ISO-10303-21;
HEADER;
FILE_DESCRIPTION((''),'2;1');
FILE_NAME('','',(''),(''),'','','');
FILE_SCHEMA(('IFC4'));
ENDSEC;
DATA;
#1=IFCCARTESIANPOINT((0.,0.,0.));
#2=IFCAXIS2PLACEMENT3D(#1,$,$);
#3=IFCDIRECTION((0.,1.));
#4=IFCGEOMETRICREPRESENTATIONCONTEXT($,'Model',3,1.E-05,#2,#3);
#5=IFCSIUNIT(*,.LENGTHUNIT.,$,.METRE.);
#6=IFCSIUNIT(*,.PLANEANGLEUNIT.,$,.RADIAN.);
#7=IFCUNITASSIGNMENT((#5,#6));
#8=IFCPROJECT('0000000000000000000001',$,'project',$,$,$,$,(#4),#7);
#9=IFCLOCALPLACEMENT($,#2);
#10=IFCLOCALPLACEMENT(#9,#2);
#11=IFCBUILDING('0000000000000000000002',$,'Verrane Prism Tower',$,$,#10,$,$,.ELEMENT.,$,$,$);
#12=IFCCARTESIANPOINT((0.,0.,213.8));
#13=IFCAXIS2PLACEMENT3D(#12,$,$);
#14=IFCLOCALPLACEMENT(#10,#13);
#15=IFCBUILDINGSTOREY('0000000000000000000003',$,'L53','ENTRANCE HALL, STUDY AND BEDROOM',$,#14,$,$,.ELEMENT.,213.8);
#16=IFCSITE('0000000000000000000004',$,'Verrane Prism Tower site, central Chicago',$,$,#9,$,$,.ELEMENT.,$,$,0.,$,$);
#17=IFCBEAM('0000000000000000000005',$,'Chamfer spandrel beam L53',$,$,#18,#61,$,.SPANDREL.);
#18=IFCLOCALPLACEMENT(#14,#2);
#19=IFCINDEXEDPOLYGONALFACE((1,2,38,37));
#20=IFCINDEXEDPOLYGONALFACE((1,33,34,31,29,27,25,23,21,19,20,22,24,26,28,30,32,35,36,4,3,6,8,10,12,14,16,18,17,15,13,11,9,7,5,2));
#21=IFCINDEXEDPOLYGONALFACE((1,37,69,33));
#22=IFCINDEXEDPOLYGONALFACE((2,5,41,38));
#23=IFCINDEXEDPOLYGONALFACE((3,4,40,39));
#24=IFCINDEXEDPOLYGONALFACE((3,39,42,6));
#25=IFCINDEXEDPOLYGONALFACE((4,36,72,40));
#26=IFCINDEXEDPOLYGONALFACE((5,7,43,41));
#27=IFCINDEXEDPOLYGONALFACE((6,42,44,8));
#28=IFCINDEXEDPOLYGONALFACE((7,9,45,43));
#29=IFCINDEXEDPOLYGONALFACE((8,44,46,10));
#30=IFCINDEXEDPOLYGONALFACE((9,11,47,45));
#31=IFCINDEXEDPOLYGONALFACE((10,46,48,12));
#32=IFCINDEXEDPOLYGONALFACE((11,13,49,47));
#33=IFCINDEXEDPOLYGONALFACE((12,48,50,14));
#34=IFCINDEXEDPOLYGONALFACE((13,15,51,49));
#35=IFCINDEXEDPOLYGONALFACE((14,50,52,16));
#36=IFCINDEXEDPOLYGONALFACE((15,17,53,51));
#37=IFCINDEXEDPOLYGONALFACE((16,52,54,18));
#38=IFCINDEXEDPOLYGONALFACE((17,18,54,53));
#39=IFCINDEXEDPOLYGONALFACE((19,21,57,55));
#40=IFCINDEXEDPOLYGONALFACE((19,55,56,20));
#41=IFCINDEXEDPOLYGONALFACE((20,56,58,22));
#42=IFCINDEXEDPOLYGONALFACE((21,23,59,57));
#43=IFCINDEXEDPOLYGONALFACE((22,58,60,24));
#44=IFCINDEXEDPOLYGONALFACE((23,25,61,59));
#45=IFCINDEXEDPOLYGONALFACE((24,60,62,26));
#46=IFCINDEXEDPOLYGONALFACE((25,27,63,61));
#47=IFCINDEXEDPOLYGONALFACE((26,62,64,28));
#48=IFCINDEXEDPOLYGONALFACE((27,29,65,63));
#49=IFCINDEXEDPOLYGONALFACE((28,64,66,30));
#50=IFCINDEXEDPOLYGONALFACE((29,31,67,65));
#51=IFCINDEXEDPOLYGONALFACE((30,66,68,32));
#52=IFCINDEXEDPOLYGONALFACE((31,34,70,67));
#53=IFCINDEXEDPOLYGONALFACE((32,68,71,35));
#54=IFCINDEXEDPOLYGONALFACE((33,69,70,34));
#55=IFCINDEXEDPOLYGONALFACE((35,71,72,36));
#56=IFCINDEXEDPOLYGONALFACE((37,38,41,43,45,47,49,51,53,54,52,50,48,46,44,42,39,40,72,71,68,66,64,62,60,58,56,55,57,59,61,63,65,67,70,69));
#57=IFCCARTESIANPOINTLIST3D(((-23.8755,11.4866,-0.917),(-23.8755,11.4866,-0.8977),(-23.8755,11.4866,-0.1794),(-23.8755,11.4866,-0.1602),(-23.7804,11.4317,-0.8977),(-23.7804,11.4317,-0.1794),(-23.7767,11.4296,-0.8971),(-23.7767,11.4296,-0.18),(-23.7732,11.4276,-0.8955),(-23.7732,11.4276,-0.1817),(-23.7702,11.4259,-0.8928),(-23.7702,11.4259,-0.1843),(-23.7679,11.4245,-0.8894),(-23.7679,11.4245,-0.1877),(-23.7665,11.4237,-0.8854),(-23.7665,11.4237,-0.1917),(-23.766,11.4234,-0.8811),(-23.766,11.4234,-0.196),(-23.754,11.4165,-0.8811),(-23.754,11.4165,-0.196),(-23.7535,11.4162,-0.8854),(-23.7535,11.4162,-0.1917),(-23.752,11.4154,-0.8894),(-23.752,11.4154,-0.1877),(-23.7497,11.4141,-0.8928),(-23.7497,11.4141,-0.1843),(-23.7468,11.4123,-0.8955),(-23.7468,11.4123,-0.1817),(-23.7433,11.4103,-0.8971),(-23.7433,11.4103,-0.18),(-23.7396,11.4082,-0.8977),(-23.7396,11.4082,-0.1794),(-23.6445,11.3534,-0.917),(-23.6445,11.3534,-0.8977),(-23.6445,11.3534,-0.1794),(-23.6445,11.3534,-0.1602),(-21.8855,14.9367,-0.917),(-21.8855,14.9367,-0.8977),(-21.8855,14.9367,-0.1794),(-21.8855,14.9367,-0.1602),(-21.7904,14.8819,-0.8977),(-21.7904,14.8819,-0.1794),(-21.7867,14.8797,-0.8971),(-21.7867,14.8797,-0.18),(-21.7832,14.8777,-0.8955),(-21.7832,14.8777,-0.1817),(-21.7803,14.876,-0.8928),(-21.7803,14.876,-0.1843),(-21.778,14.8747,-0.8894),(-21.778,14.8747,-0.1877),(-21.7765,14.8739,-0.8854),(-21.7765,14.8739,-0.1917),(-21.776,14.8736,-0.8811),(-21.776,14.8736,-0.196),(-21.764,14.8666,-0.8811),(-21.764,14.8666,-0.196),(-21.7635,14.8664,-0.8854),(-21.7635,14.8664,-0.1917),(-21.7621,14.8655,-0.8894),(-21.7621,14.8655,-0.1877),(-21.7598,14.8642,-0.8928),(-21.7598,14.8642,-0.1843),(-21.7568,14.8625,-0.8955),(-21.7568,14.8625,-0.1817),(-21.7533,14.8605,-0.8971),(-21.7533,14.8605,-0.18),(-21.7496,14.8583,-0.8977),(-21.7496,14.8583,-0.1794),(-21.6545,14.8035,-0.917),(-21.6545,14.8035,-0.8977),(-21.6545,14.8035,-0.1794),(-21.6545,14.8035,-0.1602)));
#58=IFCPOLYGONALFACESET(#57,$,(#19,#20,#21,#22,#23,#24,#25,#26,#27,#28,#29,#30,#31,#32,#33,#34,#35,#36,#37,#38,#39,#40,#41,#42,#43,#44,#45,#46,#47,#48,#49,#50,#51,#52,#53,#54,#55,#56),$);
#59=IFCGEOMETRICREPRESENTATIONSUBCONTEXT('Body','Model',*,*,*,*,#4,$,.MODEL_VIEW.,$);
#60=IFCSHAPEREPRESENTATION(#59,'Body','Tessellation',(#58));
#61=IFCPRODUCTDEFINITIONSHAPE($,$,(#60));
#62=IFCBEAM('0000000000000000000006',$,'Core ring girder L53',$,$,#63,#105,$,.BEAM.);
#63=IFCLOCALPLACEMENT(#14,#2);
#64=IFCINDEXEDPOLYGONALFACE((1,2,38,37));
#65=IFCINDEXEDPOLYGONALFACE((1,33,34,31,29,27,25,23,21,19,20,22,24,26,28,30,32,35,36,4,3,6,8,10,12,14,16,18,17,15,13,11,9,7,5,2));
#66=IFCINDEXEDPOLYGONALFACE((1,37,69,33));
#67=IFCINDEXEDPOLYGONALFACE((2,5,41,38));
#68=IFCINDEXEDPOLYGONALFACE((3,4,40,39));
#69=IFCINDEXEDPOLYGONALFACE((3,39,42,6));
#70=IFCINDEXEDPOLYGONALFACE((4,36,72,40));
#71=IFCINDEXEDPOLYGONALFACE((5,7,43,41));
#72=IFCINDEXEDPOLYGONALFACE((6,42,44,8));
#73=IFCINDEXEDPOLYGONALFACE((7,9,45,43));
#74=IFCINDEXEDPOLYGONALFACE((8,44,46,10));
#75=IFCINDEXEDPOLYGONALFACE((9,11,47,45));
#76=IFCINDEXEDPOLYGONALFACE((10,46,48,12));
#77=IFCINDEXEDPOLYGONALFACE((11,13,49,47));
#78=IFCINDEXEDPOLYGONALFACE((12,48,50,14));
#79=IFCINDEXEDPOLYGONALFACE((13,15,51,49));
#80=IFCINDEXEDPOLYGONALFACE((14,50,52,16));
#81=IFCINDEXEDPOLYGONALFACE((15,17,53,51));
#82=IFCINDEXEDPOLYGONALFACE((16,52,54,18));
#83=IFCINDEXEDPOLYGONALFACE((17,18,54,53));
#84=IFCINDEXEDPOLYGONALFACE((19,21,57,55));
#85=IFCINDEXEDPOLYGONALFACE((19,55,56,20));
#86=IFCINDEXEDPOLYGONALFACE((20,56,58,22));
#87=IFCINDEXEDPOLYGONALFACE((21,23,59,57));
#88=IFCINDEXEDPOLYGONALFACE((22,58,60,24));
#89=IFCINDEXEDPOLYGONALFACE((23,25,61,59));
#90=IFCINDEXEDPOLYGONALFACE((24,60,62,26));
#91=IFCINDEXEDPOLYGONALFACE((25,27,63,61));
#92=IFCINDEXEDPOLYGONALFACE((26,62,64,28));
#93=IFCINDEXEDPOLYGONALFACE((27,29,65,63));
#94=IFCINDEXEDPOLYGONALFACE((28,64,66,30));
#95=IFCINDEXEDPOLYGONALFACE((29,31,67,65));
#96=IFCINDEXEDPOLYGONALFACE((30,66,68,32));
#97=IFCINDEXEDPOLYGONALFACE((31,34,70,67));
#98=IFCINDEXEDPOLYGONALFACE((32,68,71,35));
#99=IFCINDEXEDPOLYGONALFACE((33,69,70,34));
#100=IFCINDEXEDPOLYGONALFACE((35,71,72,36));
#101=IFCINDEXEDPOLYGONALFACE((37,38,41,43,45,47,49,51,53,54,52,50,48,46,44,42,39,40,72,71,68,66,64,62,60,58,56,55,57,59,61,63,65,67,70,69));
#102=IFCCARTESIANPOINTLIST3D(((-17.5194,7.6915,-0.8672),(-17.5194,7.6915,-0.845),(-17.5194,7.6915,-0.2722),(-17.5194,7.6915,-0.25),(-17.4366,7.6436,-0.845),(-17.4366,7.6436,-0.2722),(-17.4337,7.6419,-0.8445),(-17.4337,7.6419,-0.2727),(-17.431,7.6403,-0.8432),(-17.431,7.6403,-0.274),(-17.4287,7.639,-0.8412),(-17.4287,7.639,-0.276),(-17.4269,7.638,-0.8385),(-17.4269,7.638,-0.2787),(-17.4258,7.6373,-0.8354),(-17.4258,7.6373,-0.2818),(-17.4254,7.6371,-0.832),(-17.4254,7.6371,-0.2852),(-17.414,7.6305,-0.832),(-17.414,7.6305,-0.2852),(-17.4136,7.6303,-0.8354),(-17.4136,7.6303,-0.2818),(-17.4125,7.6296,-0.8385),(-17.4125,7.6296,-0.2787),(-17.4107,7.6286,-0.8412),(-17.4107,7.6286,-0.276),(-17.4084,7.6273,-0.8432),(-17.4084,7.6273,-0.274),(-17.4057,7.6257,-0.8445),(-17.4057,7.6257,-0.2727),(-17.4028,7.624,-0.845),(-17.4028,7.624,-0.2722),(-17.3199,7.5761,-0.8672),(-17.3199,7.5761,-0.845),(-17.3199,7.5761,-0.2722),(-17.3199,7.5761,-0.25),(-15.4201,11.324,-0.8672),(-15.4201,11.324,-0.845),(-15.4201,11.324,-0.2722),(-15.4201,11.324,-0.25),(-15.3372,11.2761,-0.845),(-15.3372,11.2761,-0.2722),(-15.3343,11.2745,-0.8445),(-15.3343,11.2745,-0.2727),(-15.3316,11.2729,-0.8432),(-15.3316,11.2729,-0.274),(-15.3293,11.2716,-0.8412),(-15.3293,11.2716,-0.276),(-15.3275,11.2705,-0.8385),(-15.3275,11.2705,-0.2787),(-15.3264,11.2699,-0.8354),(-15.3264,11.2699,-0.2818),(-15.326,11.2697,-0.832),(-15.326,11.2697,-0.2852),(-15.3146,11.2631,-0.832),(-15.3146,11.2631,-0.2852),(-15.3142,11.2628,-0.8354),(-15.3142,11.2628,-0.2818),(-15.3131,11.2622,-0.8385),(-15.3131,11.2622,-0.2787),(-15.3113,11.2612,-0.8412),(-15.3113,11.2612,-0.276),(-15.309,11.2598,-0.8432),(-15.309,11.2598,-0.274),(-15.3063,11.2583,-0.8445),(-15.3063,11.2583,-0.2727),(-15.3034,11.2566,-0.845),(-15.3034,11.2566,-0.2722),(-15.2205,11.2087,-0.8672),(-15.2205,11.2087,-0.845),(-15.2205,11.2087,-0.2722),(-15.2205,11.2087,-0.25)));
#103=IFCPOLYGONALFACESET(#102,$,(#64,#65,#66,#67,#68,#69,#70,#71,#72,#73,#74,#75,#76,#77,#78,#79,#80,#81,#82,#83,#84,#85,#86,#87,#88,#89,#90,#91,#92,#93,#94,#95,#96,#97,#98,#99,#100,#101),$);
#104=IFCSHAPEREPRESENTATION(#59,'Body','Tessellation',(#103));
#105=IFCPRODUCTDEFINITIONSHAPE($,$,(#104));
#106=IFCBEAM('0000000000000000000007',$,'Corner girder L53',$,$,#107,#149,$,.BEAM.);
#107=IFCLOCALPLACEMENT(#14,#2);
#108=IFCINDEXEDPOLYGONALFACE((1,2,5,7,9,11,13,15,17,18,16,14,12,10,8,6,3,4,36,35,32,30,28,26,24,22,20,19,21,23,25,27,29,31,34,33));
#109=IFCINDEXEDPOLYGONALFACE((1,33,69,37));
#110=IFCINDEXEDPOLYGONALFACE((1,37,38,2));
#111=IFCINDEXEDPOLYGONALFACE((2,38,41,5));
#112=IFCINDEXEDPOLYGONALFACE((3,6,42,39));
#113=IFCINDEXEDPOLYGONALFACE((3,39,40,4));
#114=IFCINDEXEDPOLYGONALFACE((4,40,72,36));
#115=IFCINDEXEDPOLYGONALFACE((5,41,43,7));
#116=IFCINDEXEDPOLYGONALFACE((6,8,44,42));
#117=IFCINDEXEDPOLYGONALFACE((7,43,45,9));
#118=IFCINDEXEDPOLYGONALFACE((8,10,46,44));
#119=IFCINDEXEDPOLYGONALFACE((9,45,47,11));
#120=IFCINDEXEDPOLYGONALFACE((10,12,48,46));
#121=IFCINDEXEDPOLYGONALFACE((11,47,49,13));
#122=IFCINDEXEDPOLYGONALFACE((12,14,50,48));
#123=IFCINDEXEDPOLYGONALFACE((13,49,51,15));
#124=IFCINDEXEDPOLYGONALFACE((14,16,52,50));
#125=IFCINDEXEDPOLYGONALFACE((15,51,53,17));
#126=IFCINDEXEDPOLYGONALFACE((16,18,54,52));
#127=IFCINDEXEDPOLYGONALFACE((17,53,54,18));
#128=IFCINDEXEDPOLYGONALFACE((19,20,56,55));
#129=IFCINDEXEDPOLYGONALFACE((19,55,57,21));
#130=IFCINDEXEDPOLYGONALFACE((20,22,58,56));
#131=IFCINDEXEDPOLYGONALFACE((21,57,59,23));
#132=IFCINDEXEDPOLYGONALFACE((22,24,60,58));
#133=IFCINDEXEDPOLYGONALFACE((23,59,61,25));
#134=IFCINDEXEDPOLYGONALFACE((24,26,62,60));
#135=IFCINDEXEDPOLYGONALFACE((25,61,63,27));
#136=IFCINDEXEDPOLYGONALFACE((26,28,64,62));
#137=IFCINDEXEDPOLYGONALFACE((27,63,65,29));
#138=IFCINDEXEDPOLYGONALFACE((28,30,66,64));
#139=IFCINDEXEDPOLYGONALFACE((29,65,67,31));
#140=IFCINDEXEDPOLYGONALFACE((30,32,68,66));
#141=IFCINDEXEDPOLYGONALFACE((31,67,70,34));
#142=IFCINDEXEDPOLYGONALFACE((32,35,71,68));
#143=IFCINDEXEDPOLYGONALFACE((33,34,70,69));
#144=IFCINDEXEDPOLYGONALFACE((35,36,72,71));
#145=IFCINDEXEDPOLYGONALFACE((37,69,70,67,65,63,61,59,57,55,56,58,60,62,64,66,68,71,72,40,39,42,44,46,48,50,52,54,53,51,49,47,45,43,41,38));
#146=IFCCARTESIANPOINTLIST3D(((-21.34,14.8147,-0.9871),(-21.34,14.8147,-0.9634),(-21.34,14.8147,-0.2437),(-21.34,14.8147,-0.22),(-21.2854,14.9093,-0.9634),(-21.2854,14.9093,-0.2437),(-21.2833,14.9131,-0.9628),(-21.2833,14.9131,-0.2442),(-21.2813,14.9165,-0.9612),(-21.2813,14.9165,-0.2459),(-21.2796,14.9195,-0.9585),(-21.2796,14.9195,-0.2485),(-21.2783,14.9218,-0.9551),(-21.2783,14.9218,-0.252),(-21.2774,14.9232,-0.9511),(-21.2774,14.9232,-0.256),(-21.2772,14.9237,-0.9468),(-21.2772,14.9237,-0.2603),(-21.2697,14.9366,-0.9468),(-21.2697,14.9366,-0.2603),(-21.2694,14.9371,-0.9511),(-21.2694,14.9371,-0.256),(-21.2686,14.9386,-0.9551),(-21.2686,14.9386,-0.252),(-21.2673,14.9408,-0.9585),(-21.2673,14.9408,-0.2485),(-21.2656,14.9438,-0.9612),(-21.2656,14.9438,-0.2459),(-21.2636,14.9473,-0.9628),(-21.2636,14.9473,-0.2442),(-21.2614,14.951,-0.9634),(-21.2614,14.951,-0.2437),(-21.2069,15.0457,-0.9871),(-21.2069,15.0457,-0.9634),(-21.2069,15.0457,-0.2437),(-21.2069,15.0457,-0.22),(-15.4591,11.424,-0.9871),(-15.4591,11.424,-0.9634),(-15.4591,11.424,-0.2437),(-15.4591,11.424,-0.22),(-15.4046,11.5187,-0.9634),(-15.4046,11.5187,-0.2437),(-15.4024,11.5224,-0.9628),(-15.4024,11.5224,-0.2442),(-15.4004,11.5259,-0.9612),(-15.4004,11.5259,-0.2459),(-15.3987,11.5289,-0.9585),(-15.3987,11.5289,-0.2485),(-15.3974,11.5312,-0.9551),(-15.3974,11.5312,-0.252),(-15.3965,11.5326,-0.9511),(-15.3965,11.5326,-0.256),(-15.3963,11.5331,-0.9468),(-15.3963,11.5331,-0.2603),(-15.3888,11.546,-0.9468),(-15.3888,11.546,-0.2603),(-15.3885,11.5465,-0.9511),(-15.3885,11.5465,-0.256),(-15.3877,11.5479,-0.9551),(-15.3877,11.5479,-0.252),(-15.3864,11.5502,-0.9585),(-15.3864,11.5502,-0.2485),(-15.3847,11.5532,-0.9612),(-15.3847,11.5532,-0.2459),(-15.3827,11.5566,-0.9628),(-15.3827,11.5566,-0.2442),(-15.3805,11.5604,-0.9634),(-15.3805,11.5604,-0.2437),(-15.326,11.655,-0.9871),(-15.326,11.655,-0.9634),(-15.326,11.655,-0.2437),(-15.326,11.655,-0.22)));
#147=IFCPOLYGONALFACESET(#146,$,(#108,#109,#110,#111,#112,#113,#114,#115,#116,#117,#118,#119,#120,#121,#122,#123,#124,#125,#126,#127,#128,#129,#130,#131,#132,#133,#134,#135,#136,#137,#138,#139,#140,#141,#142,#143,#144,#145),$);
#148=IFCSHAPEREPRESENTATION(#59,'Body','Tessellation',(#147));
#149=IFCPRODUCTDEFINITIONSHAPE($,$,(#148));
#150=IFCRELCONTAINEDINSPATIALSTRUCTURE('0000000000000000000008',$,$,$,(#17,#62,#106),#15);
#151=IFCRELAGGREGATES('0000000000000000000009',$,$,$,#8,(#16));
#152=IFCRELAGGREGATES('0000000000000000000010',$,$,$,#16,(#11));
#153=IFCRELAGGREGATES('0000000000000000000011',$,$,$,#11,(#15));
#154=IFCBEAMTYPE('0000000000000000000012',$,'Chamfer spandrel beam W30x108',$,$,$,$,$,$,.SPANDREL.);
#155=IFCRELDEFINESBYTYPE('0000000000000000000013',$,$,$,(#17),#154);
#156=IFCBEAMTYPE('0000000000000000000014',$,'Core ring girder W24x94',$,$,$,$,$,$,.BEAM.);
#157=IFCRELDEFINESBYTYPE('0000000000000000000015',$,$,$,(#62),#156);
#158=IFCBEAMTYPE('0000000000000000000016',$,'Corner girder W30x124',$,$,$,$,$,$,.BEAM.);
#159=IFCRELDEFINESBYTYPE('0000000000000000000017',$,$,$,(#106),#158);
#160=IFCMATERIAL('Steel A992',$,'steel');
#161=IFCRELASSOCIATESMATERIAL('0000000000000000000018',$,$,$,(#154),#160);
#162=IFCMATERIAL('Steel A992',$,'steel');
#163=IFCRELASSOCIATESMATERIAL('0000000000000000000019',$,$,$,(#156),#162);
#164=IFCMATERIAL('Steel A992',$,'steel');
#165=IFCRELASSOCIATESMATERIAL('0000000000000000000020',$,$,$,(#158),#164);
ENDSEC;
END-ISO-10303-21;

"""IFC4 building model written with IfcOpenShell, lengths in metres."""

from ifc_helpers import new_model, si_unit, direction, frame, origin, origin_2d, place, context, subcontext, project, spatial, i_section, extrude, material, material_profile, profile_set, type_object, element, save


model = new_model("IFC4")

# Units and contexts
model_context = context("Model", 3, precision=1e-05, world=origin(), true_north=direction((0.0, 1.0)))
body_context = subcontext(model_context, "Body", "Model", "MODEL_VIEW")
ifc_project = project(units=[si_unit("LENGTHUNIT", "METRE"), si_unit("PLANEANGLEUNIT", "RADIAN")], contexts=[model_context])

# Site, building, storey
site_placement = place(None, origin())
site = spatial("IfcSite", under=ifc_project, at=site_placement, Name="Verrane Prism Tower site, central Chicago", CompositionType="ELEMENT", RefElevation=0.0)
building_placement = place(site_placement, origin())
building = spatial("IfcBuilding", under=site, at=building_placement, Name="Verrane Prism Tower", CompositionType="ELEMENT")
storey_placement = place(building_placement, frame((0.0, 0.0, 213.8)))
storey = spatial("IfcBuildingStorey", under=building, at=storey_placement, Name="L53", Description="ENTRANCE HALL, STUDY AND BEDROOM", CompositionType="ELEMENT", Elevation=213.8)

# Beams
ifc_material_1 = material(Name="Steel A992", Category="steel")
ifc_material_profile_1 = material_profile(ifc_material_1, i_section(OverallWidth=0.2666, OverallDepth=0.7568, WebThickness=0.0139, FlangeThickness=0.0193, FilletRadius=0.0166, at=origin_2d()), Name="W30x108")
ifc_profile_set_1 = profile_set([ifc_material_profile_1], Name="Steel A992")
beam_type_1 = type_object("IfcBeamType", Name="Chamfer spandrel beam W30x108", PredefinedType="SPANDREL", material=ifc_profile_set_1)
beam_1_placement = place(storey_placement, frame((-21.77, 14.8701, -0.5386), z_axis=(-0.499627, -0.866241, 0.0), x_axis=(0.866241, -0.499627, 0.0)))
element("IfcBeam", 1, at=beam_1_placement, inside=storey, type_object=beam_type_1, Name="Chamfer spandrel beam L53", PredefinedType="SPANDREL", context=body_context, shape_type="SweptSolid", body=[
    extrude(i_section(OverallWidth=0.2666, OverallDepth=0.7568, WebThickness=0.0139, FlangeThickness=0.0193, FilletRadius=0.0166, at=origin_2d()), origin(), (0.0, 0.0, 1.0), 3.9829),
])
ifc_material_2 = material(Name="Steel A992", Category="steel")
ifc_material_profile_2 = material_profile(ifc_material_2, i_section(OverallWidth=0.2305, OverallDepth=0.6172, WebThickness=0.0132, FlangeThickness=0.0222, FilletRadius=0.0129, at=origin_2d()), Name="W24x94")
ifc_profile_set_2 = profile_set([ifc_material_profile_2], Name="Steel A992")
beam_type_2 = type_object("IfcBeamType", Name="Core ring girder W24x94", PredefinedType="BEAM", material=ifc_profile_set_2)
beam_2_placement = place(storey_placement, frame((-15.3203, 11.2664, -0.5586), z_axis=(-0.500376, -0.865808, 0.0), x_axis=(0.865808, -0.500376, 0.0)))
element("IfcBeam", 2, at=beam_2_placement, inside=storey, type_object=beam_type_2, Name="Core ring girder L53", PredefinedType="BEAM", context=body_context, shape_type="SweptSolid", body=[
    extrude(i_section(OverallWidth=0.2305, OverallDepth=0.6172, WebThickness=0.0132, FlangeThickness=0.0222, FilletRadius=0.0129, at=origin_2d()), origin(), (0.0, 0.0, 1.0), 4.1956),
])
ifc_material_3 = material(Name="Steel A992", Category="steel")
ifc_material_profile_3 = material_profile(ifc_material_3, i_section(OverallWidth=0.2666, OverallDepth=0.7671, WebThickness=0.0149, FlangeThickness=0.0237, FilletRadius=0.0166, at=origin_2d()), Name="W30x124")
ifc_profile_set_3 = profile_set([ifc_material_profile_3], Name="Steel A992")
beam_type_3 = type_object("IfcBeamType", Name="Corner girder W30x124", PredefinedType="BEAM", material=ifc_profile_set_3)
beam_3_placement = place(storey_placement, frame((-21.2734, 14.9302, -0.6035), z_axis=(0.866324, -0.499482, 0.0), x_axis=(0.499482, 0.866324, 0.0)))
element("IfcBeam", 3, at=beam_3_placement, inside=storey, type_object=beam_type_3, Name="Corner girder L53", PredefinedType="BEAM", context=body_context, shape_type="SweptSolid", body=[
    extrude(i_section(OverallWidth=0.2666, OverallDepth=0.7671, WebThickness=0.0149, FlangeThickness=0.0237, FilletRadius=0.0166, at=origin_2d()), origin(), (0.0, 0.0, 1.0), 6.7883),
])

save(model, "model.ifc")
